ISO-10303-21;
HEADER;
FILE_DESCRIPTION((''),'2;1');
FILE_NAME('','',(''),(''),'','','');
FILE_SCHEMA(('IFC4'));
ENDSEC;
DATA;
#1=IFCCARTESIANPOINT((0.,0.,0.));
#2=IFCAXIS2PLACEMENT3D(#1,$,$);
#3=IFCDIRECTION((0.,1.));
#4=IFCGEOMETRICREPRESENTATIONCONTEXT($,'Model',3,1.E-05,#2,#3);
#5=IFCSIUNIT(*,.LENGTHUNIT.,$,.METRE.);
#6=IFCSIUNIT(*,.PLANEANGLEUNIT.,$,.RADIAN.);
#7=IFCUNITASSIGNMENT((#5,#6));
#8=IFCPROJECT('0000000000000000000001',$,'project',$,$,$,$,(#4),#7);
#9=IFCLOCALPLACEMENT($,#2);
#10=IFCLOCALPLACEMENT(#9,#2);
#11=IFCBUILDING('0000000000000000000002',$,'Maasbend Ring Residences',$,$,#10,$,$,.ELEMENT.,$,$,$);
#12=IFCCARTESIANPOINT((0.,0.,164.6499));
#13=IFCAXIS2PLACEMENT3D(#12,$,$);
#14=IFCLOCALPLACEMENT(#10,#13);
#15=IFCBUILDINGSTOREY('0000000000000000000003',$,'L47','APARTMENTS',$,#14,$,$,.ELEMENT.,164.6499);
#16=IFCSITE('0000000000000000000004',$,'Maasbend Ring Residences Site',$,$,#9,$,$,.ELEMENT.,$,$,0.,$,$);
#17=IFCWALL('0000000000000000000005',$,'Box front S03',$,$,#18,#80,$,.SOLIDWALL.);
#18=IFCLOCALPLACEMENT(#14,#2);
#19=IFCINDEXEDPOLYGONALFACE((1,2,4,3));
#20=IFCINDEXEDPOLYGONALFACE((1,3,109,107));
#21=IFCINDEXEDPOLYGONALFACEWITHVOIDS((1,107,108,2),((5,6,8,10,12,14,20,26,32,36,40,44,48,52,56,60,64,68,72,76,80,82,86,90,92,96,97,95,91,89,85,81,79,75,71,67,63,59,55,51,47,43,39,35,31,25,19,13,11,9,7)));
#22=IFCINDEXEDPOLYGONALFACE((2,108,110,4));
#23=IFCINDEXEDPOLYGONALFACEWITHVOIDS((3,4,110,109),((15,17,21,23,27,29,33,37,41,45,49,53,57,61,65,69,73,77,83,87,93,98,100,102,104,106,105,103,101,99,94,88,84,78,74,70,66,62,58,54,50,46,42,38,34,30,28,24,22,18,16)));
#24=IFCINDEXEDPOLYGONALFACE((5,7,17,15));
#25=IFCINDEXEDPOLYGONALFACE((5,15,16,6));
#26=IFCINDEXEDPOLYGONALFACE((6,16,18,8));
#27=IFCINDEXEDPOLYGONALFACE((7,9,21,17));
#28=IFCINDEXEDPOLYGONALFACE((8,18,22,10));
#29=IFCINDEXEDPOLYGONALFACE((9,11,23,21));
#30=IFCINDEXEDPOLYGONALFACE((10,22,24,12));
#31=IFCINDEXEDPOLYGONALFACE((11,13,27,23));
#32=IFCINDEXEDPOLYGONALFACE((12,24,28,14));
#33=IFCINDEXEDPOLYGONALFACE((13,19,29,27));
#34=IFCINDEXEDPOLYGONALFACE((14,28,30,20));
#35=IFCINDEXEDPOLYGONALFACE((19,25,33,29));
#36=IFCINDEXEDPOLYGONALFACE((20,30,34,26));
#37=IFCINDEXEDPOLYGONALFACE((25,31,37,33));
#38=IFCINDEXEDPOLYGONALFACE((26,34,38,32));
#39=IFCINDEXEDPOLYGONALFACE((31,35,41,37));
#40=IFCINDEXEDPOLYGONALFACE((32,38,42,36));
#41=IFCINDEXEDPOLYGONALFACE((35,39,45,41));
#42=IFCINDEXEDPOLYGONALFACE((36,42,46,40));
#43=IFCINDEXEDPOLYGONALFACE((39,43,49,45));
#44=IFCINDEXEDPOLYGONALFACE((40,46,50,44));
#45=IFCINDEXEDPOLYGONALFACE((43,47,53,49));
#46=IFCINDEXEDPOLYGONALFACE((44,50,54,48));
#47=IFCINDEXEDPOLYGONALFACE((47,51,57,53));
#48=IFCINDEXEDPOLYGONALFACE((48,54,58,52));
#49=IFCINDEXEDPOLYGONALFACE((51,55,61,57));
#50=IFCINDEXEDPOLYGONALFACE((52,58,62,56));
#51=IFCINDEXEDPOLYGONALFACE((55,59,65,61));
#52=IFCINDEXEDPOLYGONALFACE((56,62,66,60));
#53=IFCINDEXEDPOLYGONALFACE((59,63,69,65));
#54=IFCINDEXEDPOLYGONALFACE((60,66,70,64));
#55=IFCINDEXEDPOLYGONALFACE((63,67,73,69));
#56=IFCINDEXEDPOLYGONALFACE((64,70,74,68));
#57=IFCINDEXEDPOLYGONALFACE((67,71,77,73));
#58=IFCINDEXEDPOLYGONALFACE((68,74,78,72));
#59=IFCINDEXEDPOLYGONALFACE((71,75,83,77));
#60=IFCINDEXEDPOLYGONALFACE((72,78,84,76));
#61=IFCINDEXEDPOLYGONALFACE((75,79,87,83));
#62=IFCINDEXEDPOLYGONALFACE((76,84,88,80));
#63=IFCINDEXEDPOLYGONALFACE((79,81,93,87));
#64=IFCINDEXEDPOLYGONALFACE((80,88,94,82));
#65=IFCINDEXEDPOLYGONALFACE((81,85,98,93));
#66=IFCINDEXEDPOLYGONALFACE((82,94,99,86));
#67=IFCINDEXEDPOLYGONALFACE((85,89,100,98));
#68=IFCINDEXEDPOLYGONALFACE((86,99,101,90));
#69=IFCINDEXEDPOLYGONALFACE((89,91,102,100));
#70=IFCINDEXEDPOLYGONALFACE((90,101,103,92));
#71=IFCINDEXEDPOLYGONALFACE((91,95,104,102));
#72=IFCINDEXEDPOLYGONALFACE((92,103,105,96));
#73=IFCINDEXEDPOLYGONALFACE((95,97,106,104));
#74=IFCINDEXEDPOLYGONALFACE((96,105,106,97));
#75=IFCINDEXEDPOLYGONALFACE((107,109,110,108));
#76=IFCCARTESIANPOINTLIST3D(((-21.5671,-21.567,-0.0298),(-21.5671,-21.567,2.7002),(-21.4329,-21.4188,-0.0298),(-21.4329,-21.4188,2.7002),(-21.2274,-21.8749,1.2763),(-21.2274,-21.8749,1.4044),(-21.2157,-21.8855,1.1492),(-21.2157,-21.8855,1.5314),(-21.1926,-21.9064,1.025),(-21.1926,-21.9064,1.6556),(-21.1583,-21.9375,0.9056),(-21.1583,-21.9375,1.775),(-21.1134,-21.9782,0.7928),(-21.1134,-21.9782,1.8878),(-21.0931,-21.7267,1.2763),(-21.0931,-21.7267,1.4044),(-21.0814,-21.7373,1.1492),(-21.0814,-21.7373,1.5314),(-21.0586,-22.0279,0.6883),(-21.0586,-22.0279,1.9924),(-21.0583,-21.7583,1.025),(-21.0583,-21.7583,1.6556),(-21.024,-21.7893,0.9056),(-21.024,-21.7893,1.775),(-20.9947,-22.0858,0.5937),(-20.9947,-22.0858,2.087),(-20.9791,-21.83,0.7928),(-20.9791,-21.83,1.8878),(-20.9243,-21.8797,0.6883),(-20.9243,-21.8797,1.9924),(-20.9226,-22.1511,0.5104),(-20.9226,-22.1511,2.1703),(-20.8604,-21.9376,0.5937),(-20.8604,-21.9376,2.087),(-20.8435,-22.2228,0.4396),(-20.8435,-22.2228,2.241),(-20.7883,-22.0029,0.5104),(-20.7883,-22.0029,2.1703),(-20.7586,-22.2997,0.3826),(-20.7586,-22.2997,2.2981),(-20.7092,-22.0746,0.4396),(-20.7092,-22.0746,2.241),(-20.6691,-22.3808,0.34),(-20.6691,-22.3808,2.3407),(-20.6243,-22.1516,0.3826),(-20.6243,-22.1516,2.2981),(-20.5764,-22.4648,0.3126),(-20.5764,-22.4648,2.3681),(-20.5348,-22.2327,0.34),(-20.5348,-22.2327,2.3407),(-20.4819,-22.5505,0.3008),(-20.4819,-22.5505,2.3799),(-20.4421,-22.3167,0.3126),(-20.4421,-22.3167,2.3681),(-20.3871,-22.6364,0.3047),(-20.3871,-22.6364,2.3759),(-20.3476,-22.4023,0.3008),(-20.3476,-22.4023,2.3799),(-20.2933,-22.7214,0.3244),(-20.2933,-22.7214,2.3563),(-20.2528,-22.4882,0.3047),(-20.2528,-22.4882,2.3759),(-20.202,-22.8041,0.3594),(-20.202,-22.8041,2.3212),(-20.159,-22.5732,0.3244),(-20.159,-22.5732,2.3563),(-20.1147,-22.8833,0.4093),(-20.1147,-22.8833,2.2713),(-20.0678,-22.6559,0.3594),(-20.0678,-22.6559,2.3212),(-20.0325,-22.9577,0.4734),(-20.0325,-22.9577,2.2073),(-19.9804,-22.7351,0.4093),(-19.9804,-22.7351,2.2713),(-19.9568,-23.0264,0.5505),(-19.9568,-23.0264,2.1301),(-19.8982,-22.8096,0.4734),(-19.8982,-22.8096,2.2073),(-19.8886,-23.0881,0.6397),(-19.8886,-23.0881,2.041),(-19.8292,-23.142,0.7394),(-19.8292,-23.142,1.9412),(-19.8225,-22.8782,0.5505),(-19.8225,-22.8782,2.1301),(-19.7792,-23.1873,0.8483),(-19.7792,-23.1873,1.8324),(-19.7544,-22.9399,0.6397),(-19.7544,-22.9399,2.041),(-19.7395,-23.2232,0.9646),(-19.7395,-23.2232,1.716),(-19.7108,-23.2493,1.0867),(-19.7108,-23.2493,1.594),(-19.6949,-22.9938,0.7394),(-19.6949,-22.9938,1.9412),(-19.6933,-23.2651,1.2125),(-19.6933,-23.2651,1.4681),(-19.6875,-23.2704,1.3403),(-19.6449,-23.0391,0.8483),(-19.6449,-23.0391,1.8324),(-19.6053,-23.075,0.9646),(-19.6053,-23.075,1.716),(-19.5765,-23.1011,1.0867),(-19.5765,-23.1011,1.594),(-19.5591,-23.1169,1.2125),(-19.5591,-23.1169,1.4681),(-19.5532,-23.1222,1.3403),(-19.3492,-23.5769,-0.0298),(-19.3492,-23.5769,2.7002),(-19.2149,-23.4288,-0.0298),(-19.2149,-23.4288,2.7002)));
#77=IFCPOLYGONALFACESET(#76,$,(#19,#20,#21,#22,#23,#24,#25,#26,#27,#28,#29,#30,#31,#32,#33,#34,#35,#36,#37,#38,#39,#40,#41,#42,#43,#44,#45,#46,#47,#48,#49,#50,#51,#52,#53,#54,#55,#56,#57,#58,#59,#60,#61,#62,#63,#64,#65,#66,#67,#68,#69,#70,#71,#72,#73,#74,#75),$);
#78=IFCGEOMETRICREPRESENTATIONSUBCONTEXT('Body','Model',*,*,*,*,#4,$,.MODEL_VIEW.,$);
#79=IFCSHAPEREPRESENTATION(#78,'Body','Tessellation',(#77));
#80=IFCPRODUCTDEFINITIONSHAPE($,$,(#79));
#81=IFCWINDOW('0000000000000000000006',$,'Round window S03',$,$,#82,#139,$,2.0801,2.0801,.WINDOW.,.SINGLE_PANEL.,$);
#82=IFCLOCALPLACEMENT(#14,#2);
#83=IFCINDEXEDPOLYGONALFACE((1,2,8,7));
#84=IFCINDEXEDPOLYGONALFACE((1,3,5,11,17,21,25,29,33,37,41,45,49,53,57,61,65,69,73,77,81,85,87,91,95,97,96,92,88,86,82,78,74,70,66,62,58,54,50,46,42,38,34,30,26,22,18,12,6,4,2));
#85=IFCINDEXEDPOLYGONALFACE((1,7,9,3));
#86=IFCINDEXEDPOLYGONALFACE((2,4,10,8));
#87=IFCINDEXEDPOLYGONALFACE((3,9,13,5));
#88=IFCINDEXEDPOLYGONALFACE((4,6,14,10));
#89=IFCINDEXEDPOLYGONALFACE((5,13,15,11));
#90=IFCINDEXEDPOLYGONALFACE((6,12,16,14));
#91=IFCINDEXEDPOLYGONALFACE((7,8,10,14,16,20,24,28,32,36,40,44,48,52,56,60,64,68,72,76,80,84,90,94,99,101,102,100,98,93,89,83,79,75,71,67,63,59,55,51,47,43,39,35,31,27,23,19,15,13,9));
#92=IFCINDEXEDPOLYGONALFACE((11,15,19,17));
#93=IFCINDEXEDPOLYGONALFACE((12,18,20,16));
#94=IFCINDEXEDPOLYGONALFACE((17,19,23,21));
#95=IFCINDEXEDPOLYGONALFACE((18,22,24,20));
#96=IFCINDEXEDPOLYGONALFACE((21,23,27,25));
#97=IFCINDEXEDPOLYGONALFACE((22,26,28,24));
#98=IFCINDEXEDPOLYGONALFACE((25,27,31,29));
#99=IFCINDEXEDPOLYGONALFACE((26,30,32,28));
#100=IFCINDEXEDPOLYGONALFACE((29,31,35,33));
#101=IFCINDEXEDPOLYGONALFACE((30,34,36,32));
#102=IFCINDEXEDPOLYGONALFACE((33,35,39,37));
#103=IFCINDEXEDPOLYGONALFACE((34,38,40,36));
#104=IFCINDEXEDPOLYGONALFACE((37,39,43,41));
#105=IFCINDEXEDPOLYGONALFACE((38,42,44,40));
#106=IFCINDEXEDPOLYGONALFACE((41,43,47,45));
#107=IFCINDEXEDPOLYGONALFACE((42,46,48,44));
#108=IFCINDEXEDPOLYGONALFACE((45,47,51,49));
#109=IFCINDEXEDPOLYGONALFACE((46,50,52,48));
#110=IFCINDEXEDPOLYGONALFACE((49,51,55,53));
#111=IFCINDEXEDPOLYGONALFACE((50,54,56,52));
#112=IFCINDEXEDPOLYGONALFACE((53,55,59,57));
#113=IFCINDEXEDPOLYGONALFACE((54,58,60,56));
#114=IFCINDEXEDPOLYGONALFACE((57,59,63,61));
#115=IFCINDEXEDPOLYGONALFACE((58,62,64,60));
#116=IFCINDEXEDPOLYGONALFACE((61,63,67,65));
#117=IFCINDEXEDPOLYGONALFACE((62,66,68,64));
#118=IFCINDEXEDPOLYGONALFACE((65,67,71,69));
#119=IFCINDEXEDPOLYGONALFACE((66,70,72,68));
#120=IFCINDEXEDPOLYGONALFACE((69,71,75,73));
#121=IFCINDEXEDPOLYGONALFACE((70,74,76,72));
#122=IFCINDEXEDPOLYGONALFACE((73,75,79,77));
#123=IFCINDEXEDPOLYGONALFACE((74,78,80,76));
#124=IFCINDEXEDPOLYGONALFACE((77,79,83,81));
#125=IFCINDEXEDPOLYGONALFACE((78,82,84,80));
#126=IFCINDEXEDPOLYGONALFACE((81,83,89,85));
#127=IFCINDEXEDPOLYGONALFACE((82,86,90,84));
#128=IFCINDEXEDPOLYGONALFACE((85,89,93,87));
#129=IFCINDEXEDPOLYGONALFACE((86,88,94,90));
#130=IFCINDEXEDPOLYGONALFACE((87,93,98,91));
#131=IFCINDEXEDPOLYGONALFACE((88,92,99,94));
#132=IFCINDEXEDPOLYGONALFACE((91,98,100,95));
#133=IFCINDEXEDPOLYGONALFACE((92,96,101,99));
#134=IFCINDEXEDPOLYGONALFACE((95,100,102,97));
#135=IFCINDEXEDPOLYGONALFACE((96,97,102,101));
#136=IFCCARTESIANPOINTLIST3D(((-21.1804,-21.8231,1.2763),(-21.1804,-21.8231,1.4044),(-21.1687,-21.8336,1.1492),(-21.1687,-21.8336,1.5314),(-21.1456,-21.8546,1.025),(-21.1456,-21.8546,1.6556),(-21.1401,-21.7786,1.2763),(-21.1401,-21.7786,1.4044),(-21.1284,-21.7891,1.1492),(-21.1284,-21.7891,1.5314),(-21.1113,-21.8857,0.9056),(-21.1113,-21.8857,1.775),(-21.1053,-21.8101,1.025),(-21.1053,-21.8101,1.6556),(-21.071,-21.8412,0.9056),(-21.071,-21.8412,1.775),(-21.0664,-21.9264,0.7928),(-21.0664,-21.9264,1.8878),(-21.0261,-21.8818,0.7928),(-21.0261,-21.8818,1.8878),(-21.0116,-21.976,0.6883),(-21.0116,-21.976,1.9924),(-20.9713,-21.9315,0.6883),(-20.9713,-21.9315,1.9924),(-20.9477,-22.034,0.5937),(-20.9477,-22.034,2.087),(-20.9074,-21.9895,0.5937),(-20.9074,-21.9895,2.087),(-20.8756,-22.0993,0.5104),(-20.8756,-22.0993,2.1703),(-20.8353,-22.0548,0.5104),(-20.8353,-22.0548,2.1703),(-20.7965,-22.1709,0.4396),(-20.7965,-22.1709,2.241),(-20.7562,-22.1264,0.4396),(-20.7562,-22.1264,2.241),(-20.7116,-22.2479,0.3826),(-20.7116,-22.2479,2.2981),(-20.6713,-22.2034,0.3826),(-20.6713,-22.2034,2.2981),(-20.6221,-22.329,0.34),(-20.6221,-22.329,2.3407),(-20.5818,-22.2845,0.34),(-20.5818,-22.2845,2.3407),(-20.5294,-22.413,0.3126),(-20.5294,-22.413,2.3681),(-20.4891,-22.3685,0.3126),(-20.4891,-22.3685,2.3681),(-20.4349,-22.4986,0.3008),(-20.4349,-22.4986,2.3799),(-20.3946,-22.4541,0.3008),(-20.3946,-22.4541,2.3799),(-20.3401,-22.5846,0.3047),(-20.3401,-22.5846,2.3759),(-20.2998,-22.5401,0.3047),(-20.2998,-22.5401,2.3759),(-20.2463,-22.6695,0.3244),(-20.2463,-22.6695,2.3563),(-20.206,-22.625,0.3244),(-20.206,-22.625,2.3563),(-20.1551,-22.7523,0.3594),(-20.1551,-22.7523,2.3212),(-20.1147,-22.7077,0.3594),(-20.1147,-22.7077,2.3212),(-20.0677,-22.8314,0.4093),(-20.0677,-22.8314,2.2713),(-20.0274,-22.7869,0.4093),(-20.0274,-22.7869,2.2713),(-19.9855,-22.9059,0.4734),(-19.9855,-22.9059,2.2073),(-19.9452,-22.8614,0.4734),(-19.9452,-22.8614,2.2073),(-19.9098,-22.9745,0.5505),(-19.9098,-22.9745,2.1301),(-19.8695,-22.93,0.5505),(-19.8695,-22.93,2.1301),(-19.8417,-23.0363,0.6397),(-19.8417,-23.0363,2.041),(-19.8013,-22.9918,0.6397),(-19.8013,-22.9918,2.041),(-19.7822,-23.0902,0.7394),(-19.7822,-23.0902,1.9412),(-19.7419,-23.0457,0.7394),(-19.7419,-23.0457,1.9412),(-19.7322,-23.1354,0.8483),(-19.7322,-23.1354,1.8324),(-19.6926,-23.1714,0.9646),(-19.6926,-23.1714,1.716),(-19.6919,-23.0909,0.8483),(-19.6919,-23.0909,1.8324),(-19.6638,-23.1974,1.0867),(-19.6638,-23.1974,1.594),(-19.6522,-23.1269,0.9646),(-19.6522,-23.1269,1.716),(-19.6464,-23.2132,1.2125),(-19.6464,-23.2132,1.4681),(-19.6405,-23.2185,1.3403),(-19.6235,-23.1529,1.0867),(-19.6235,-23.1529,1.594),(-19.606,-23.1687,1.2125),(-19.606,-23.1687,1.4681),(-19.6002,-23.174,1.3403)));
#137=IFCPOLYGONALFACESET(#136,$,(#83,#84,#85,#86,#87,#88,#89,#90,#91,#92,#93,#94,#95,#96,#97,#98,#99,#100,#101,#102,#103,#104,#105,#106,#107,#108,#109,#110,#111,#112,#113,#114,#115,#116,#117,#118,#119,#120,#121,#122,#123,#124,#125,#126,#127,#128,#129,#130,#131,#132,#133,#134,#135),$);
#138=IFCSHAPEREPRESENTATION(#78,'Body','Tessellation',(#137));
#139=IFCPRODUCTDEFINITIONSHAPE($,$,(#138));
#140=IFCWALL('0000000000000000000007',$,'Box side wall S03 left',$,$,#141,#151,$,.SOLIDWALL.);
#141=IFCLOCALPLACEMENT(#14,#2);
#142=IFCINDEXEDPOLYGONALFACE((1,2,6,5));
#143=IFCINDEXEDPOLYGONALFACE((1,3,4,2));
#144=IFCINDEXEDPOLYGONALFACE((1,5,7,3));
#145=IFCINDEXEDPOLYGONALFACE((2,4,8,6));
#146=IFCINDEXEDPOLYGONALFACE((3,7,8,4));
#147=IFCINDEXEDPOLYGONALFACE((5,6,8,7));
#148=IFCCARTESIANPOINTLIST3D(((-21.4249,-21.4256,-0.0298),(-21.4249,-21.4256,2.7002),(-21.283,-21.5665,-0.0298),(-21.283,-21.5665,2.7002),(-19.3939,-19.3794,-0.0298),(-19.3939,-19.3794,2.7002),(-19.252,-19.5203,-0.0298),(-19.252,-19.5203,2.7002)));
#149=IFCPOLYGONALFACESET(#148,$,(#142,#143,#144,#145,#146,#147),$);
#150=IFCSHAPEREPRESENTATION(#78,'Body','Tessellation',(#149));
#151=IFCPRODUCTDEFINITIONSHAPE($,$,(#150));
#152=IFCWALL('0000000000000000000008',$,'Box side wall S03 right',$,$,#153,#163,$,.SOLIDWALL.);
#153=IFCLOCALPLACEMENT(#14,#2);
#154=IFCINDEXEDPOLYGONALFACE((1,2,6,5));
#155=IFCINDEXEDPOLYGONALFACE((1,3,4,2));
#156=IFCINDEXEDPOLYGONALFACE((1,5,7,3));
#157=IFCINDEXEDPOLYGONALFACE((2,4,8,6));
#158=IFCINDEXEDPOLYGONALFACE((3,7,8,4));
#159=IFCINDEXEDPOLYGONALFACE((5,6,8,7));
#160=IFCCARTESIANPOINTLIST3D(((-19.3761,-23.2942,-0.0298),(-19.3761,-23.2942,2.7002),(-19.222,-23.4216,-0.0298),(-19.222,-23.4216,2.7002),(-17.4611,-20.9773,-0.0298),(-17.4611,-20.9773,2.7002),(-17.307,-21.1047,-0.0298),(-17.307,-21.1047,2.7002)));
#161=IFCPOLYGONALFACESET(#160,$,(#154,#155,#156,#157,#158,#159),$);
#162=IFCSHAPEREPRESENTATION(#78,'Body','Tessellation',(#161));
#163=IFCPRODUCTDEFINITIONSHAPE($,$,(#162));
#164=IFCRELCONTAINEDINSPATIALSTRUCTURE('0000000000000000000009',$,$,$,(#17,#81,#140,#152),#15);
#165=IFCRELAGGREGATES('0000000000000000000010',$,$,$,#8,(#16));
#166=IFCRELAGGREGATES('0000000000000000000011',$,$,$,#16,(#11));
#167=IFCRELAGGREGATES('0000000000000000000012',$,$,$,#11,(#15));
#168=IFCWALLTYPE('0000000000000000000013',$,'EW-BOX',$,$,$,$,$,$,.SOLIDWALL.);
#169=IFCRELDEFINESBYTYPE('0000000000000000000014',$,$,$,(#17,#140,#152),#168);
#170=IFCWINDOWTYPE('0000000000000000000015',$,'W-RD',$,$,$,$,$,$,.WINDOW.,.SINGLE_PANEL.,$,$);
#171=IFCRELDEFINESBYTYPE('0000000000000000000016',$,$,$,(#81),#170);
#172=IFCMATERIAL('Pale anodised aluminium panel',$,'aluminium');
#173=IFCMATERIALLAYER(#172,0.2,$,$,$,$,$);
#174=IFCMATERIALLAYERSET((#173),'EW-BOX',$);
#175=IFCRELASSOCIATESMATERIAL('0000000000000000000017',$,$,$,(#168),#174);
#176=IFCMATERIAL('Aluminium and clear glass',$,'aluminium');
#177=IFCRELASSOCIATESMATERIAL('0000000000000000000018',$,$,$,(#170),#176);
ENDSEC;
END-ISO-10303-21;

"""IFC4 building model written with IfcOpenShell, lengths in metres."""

from ifc_helpers import new_model, si_unit, direction, frame, frame_2d, origin, place, context, subcontext, project, spatial, rectangle, circle, extrude, material, layer, layer_set, type_object, element, fill, save


model = new_model("IFC4")

# Units and contexts
model_context = context("Model", 3, precision=1e-05, world=origin(), true_north=direction((0.0, 1.0)))
body_context = subcontext(model_context, "Body", "Model", "MODEL_VIEW")
ifc_project = project(units=[si_unit("LENGTHUNIT", "METRE"), si_unit("PLANEANGLEUNIT", "RADIAN")], contexts=[model_context])

# Site, building, storey
site_placement = place(None, origin())
site = spatial("IfcSite", under=ifc_project, at=site_placement, Name="Maasbend Ring Residences Site", CompositionType="ELEMENT", RefElevation=0.0)
building_placement = place(site_placement, origin())
building = spatial("IfcBuilding", under=site, at=building_placement, Name="Maasbend Ring Residences", CompositionType="ELEMENT")
storey_placement = place(building_placement, frame((0.0, 0.0, 164.6499)))
storey = spatial("IfcBuildingStorey", under=building, at=storey_placement, Name="L47", Description="APARTMENTS", CompositionType="ELEMENT", Elevation=164.6499)

# Shared definitions
ifc_material_1 = material(Name="Pale anodised aluminium panel", Category="aluminium")
ifc_layer_1 = layer(ifc_material_1, 0.2)
ifc_layer_set_1 = layer_set([ifc_layer_1], Name="EW-BOX")
wall_type_1 = type_object("IfcWallType", Name="EW-BOX", PredefinedType="SOLIDWALL", material=ifc_layer_set_1)
ifc_material_2 = material(Name="Aluminium and clear glass", Category="aluminium")
window_type_1 = type_object("IfcWindowType", Name="W-RD", PartitioningType="SINGLE_PANEL", PredefinedType="WINDOW", material=ifc_material_2)

# Wall, opening, window
wall_1_placement = place(storey_placement, frame((-21.5, -21.4929, -0.0298), z_axis=(0.0, 0.0, 1.0), x_axis=(0.740998, -0.671507, 0.0)))
wall_1 = element("IfcWall", 1, at=wall_1_placement, inside=storey, type_object=wall_type_1, Name="Box front S03", PredefinedType="SOLIDWALL", context=body_context, shape_type="SweptSolid", body=[
    extrude(rectangle(XDim=2.9932, YDim=0.2, at=frame_2d((1.4966, 0.0))), origin(), (0.0, 0.0, 1.0), 2.73),
])
opening_1_placement = place(wall_1_placement, frame((0.4565, 0.0, 0.3301)))
opening_1 = element("IfcOpeningElement", 2, at=opening_1_placement, cuts=wall_1, PredefinedType="OPENING", context=body_context, shape_type="SweptSolid", body=[
    extrude(circle(Radius=1.04, at=frame_2d((1.04, 1.04))), frame((0.0, 0.1099, 0.0), z_axis=(0.0, -1.0, 0.0), x_axis=(1.0, 0.0, 0.0)), (0.0, 0.0, 1.0), 0.22),
])
window_1_placement = place(opening_1_placement, origin())
window_1 = element("IfcWindow", 3, at=window_1_placement, inside=storey, type_object=window_type_1, Name="Round window S03", OverallHeight=2.0801, OverallWidth=2.0801, PartitioningType="SINGLE_PANEL", PredefinedType="WINDOW", context=body_context, shape_type="SweptSolid", body=[
    extrude(circle(Radius=1.04, at=frame_2d((1.04, 1.04))), frame((0.0, 0.03, 0.0), z_axis=(0.0, -1.0, 0.0), x_axis=(1.0, 0.0, 0.0)), (0.0, 0.0, 1.0), 0.0601),
])
fill(opening_1, window_1)

# Walls
wall_2_placement = place(storey_placement, frame((-19.323, -19.45, -0.0298), z_axis=(0.0, 0.0, 1.0), x_axis=(-0.704477, -0.709727, 0.0)))
element("IfcWall", 4, at=wall_2_placement, inside=storey, type_object=wall_type_1, Name="Box side wall S03 left", PredefinedType="SOLIDWALL", context=body_context, shape_type="SweptSolid", body=[
    extrude(rectangle(XDim=2.8831, YDim=0.2, at=frame_2d((1.4414, 0.0))), origin(), (0.0, 0.0, 1.0), 2.73),
])
wall_3_placement = place(storey_placement, frame((-17.384, -21.041, -0.0298), z_axis=(0.0, 0.0, 1.0), x_axis=(-0.637096, -0.770785, 0.0)))
element("IfcWall", 5, at=wall_3_placement, inside=storey, type_object=wall_type_1, Name="Box side wall S03 right", PredefinedType="SOLIDWALL", context=body_context, shape_type="SweptSolid", body=[
    extrude(rectangle(XDim=3.0059, YDim=0.2, at=frame_2d((1.5029, 0.0))), origin(), (0.0, 0.0, 1.0), 2.73),
])

save(model, "model.ifc")
